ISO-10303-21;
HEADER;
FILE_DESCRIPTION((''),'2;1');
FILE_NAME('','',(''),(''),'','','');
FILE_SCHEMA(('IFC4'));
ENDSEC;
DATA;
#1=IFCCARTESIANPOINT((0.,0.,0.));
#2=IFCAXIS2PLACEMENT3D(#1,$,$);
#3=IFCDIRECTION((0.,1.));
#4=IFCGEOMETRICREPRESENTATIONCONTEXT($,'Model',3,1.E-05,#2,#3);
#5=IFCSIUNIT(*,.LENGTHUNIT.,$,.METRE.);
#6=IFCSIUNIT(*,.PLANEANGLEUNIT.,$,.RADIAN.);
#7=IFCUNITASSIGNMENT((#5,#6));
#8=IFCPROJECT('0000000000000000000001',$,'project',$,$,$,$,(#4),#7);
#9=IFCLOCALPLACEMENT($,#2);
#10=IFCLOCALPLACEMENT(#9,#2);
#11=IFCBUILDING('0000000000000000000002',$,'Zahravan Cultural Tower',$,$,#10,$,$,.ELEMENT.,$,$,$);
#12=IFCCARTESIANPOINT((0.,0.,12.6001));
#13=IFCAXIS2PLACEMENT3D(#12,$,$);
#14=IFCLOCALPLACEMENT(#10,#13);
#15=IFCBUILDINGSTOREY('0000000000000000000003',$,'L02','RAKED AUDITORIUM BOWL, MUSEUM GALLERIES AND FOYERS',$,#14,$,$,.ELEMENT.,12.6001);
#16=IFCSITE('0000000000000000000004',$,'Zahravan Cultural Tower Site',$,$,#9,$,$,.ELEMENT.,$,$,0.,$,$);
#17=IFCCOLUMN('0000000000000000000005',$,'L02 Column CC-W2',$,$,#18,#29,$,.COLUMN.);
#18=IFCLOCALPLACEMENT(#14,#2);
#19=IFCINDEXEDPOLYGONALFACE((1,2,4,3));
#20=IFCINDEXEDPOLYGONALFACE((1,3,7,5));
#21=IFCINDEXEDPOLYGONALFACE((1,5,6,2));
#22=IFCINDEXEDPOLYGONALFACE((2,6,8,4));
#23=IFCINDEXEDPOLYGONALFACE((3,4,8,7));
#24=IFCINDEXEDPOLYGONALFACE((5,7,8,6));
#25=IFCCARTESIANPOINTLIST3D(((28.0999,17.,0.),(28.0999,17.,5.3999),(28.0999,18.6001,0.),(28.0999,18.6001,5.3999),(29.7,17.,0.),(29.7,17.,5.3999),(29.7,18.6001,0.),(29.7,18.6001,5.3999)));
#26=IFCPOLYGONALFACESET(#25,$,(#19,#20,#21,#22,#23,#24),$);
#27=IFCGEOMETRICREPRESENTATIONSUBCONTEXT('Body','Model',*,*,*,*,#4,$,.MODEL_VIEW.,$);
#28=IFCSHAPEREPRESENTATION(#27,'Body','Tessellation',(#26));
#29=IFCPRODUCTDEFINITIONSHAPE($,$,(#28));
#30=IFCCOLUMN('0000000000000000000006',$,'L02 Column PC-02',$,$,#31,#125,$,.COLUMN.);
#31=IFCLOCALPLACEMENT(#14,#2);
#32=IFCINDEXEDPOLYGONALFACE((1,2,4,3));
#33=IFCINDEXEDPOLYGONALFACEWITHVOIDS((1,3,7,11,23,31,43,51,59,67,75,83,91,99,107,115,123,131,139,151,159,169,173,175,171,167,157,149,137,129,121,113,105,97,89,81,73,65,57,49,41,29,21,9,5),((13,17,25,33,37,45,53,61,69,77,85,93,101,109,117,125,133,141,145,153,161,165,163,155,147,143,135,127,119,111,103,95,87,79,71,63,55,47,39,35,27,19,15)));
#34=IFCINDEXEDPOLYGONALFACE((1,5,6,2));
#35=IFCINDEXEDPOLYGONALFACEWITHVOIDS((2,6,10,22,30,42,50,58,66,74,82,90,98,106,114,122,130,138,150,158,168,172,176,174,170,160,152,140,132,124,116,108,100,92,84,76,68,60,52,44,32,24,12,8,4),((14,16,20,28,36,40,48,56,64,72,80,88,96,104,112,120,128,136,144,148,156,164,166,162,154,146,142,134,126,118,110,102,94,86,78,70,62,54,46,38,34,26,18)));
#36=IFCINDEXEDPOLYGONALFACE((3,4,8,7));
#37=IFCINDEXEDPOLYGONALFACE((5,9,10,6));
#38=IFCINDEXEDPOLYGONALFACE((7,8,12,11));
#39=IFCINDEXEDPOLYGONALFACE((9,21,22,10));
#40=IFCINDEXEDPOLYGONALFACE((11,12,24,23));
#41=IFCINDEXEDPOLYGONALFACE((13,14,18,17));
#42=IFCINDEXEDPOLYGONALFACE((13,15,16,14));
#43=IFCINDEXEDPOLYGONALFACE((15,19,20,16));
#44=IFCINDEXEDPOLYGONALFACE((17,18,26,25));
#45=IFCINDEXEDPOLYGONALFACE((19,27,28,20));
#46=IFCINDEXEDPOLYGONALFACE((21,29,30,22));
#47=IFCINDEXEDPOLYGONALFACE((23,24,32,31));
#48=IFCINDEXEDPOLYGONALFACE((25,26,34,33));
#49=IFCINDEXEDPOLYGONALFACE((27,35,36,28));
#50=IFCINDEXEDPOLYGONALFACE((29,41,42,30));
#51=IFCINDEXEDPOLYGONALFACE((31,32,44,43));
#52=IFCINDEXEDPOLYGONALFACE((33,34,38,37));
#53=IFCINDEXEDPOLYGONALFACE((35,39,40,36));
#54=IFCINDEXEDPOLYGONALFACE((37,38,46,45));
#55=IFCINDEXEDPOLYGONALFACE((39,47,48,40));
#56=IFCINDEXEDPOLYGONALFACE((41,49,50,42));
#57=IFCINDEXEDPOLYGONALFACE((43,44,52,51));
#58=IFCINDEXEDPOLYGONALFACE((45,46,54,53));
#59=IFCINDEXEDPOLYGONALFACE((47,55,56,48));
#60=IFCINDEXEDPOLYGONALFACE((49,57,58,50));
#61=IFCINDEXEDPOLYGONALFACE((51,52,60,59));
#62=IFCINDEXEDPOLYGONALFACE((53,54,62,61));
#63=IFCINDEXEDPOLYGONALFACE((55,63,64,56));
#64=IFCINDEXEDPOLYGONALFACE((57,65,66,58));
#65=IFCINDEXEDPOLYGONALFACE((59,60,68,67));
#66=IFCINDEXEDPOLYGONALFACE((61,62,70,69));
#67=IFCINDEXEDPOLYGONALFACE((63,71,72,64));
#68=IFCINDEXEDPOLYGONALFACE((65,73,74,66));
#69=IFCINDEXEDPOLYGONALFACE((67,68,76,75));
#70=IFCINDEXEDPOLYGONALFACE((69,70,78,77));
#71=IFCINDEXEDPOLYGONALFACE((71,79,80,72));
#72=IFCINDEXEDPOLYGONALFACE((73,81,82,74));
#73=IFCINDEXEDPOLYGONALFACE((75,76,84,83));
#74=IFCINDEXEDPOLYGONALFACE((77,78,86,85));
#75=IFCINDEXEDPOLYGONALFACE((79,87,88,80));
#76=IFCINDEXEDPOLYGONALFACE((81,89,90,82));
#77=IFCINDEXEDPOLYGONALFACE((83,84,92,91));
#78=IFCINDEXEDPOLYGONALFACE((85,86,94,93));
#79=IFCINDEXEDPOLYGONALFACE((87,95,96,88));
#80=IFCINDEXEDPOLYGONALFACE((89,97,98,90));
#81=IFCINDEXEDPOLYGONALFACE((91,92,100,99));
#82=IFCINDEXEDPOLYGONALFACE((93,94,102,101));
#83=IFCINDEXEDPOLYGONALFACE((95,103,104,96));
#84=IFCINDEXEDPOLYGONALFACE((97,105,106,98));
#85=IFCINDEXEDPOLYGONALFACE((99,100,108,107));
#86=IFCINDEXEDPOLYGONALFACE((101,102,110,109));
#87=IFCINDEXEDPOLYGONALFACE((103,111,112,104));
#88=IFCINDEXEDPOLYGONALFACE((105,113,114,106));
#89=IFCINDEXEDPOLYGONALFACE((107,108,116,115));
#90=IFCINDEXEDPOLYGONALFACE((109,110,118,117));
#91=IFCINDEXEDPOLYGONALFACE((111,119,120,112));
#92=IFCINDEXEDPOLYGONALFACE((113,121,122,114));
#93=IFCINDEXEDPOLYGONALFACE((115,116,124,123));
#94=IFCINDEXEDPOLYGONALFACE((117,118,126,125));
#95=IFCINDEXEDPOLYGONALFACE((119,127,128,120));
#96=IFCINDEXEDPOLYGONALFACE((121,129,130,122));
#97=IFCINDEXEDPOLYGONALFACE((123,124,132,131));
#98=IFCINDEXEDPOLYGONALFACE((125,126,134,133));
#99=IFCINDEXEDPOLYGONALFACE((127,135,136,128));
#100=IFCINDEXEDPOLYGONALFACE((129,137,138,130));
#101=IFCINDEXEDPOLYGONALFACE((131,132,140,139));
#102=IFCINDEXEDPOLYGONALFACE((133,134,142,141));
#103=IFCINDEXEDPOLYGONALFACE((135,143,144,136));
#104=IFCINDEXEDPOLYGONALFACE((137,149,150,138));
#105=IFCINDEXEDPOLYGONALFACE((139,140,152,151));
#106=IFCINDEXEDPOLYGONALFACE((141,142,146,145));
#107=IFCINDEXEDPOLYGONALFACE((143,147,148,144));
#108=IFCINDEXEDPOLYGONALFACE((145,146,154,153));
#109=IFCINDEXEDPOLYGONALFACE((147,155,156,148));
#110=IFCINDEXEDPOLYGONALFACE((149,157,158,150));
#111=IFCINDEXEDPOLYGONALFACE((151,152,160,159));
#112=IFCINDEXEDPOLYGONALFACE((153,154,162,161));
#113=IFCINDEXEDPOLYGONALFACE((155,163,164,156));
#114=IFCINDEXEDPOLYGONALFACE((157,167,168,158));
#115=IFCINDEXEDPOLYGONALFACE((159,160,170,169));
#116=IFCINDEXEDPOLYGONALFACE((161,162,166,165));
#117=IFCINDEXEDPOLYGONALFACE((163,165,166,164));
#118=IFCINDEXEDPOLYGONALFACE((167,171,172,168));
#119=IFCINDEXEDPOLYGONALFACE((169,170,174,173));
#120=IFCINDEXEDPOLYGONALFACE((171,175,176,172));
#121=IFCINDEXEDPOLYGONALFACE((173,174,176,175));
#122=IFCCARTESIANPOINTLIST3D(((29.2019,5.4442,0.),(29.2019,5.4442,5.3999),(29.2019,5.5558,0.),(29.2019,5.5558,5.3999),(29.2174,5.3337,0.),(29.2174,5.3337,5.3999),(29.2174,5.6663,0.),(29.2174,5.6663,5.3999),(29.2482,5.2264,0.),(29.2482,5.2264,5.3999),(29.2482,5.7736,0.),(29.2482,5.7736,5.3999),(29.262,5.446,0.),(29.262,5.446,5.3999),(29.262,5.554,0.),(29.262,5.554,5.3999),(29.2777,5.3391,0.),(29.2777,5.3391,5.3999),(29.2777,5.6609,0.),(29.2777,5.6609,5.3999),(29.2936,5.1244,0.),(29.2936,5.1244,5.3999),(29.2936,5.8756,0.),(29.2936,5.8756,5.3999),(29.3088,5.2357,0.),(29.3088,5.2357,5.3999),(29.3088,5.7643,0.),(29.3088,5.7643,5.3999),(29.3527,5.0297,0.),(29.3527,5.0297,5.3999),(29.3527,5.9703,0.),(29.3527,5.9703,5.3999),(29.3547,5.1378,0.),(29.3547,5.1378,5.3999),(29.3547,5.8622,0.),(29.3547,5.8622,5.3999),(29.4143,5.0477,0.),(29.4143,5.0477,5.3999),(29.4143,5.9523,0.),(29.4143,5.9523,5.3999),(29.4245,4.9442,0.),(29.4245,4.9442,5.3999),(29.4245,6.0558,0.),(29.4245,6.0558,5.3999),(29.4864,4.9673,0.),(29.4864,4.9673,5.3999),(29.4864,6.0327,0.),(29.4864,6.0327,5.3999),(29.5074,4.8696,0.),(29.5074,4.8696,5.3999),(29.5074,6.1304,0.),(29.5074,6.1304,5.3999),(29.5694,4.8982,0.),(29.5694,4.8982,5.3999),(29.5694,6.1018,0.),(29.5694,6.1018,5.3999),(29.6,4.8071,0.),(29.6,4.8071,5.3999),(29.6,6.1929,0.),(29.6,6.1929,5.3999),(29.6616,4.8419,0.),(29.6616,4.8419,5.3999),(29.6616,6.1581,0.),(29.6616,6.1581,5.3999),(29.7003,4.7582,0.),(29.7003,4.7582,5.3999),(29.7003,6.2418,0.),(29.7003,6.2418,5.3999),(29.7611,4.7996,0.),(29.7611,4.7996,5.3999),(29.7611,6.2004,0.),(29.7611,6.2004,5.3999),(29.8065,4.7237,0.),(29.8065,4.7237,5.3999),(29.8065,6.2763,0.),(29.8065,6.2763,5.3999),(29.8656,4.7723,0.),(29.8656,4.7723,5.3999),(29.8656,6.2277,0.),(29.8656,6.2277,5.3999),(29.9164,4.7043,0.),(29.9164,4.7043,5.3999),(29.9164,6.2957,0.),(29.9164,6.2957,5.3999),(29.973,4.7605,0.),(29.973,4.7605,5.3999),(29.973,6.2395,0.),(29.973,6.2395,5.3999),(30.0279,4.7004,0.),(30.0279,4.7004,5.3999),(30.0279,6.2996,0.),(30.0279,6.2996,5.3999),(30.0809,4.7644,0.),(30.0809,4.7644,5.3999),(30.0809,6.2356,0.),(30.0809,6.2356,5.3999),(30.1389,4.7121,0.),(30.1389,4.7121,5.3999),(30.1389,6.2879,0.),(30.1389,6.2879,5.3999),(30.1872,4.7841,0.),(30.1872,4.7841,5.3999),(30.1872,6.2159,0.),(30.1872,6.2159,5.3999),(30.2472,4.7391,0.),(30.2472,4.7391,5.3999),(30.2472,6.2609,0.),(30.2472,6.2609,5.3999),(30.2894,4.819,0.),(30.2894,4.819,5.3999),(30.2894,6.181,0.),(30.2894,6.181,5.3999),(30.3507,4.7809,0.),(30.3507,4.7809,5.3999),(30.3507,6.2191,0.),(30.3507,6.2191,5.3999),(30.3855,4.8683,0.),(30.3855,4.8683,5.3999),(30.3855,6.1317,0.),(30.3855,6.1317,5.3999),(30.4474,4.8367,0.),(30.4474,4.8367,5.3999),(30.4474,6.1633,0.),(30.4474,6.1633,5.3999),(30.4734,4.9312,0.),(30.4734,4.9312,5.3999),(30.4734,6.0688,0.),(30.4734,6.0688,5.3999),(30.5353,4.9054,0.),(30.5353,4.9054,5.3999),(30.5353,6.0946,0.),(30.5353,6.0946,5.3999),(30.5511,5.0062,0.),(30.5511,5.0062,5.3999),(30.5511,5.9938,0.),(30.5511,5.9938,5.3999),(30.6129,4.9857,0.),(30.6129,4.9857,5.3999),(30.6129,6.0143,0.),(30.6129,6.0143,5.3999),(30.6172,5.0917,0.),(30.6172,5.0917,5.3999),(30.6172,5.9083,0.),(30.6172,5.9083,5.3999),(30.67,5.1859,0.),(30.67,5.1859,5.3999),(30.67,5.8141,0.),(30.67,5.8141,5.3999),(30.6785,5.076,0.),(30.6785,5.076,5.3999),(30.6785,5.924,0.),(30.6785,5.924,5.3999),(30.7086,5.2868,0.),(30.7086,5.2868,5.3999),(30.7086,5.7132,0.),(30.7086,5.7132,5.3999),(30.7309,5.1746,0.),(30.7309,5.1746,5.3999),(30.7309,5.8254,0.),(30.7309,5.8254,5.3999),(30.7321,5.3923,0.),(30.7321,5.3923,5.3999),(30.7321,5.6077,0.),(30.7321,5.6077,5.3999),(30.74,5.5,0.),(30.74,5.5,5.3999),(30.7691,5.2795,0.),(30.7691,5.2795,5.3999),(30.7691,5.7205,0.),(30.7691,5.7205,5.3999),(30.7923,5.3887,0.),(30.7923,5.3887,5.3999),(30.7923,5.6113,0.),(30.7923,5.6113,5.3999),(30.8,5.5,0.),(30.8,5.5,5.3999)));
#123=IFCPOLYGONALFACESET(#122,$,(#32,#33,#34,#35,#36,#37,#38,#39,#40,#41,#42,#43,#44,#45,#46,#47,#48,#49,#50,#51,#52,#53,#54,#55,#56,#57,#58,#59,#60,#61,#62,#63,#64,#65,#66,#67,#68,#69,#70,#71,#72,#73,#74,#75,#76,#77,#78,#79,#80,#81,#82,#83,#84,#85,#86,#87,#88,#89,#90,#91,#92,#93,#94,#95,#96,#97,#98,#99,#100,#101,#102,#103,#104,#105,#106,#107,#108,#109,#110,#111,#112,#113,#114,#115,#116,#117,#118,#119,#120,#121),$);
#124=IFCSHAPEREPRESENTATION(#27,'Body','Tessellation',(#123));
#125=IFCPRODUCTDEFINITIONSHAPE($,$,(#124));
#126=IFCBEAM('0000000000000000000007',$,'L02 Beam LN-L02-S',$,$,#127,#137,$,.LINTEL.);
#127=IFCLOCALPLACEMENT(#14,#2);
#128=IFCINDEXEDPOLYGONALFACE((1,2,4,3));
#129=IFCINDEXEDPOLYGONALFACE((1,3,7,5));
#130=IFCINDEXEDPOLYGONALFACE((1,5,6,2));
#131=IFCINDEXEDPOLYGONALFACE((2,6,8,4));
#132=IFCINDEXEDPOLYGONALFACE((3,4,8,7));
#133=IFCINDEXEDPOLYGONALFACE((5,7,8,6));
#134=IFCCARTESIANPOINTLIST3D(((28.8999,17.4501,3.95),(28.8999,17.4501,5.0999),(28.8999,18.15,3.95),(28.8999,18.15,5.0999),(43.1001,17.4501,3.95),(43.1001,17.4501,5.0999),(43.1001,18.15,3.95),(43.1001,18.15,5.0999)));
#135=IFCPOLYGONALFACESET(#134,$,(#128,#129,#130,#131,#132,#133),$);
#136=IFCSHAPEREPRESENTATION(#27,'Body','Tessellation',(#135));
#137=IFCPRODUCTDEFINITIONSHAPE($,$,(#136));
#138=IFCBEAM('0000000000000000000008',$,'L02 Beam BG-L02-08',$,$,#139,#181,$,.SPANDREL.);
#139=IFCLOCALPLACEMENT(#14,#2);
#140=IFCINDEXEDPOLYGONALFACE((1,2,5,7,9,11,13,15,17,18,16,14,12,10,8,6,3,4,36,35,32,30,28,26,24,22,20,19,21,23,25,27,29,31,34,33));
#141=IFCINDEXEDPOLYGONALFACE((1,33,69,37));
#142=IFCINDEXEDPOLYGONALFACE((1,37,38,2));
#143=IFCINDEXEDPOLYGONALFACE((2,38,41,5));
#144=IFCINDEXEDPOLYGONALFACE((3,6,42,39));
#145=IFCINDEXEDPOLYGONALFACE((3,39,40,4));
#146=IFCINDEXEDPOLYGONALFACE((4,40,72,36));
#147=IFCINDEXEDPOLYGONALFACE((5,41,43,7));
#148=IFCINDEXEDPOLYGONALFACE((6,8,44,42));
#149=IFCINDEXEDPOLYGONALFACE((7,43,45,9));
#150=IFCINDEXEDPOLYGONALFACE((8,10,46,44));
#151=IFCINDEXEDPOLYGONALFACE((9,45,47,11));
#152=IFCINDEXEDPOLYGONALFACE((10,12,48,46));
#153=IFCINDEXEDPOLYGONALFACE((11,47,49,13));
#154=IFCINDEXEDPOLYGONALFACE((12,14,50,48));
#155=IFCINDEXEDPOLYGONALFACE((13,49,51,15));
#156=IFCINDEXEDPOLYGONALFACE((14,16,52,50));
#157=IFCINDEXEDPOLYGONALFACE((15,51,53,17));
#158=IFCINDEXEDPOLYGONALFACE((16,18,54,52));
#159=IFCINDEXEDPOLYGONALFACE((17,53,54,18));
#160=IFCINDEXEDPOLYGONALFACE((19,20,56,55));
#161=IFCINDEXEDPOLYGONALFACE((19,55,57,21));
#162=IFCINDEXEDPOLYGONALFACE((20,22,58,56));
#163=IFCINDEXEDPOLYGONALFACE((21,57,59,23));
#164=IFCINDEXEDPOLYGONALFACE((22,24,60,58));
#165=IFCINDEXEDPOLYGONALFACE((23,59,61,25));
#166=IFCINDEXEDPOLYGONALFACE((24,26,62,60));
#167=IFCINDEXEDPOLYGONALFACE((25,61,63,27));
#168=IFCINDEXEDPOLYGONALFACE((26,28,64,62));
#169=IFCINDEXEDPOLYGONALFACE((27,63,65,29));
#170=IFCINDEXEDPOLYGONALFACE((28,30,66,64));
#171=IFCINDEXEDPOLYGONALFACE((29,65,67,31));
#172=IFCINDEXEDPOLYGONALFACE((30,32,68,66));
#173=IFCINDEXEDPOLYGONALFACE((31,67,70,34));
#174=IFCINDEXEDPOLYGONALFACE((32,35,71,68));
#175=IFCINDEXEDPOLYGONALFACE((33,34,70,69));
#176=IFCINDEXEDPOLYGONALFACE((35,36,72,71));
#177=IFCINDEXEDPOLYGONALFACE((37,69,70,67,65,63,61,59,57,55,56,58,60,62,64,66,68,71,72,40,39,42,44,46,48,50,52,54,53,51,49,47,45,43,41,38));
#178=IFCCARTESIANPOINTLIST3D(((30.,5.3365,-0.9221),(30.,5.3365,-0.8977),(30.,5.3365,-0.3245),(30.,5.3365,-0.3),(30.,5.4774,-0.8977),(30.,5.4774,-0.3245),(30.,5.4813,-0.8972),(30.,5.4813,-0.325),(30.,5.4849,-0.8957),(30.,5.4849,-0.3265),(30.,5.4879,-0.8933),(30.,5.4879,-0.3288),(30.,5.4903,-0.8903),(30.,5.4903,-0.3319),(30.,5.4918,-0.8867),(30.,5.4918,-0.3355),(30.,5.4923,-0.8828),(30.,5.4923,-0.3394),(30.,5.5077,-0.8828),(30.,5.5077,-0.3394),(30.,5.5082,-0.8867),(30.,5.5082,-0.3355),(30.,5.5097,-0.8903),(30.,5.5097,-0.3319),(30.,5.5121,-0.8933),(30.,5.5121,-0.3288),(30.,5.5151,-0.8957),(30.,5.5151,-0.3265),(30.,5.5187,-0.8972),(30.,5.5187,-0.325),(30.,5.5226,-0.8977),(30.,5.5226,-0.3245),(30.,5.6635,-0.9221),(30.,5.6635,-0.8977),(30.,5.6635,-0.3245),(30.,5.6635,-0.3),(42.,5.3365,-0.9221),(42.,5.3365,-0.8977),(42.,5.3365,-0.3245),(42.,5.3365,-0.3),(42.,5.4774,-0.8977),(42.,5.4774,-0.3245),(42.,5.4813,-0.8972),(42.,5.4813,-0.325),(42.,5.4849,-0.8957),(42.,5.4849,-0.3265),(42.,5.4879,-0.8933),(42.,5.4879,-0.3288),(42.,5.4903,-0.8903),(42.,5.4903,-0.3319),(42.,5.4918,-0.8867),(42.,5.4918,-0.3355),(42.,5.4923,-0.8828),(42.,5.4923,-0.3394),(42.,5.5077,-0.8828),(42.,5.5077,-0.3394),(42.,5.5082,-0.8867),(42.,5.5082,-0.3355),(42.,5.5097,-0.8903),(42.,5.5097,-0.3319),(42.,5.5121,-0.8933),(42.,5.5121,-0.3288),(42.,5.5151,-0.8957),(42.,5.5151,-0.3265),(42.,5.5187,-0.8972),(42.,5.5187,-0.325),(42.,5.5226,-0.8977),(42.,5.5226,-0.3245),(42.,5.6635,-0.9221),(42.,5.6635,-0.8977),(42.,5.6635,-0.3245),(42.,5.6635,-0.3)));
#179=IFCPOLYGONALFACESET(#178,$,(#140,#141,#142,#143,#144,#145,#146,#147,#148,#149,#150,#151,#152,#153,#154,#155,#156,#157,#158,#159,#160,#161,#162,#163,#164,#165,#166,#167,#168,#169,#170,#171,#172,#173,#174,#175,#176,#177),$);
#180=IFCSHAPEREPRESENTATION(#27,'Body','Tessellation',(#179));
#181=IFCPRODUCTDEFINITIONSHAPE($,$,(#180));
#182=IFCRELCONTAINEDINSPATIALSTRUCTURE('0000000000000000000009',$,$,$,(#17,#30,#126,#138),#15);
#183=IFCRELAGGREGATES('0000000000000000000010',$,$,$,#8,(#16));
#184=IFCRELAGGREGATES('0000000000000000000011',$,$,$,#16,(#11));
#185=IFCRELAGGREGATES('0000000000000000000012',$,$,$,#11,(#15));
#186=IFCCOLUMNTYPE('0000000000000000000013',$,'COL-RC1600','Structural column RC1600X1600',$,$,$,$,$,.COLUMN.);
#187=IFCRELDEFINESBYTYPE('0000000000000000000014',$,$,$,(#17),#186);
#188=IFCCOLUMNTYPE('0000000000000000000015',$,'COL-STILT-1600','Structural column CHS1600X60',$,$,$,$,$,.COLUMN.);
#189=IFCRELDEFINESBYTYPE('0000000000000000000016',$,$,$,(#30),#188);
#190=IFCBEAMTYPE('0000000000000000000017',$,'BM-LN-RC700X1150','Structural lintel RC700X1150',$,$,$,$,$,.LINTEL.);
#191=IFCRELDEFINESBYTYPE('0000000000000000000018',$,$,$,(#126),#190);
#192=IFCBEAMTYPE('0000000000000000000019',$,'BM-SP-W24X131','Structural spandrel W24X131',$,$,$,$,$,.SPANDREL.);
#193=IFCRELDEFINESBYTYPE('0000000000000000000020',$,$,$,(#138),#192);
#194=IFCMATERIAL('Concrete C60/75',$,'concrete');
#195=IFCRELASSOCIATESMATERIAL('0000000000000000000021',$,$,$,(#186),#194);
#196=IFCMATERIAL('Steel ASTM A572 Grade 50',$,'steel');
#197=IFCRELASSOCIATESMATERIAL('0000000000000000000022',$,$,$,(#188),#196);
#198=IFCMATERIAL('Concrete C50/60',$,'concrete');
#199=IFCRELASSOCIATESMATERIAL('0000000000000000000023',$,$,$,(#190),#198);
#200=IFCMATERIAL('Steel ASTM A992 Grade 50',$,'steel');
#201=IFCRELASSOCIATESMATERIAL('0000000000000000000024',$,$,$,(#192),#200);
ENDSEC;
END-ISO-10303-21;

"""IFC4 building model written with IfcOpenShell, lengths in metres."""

from ifc_helpers import new_model, si_unit, direction, frame, origin, origin_2d, place, context, subcontext, project, spatial, rectangle, hollow_circle, i_section, extrude, source, transform, mapped, material, material_profile, profile_set, type_object, element, save


model = new_model("IFC4")

# Units and contexts
model_context = context("Model", 3, precision=1e-05, world=origin(), true_north=direction((0.0, 1.0)))
body_context = subcontext(model_context, "Body", "Model", "MODEL_VIEW")
ifc_project = project(units=[si_unit("LENGTHUNIT", "METRE"), si_unit("PLANEANGLEUNIT", "RADIAN")], contexts=[model_context])

# Site, building, storey
site_placement = place(None, origin())
site = spatial("IfcSite", under=ifc_project, at=site_placement, Name="Zahravan Cultural Tower Site", CompositionType="ELEMENT", RefElevation=0.0)
building_placement = place(site_placement, origin())
building = spatial("IfcBuilding", under=site, at=building_placement, Name="Zahravan Cultural Tower", CompositionType="ELEMENT")
storey_placement = place(building_placement, frame((0.0, 0.0, 12.6001)))
storey = spatial("IfcBuildingStorey", under=building, at=storey_placement, Name="L02", Description="RAKED AUDITORIUM BOWL, MUSEUM GALLERIES AND FOYERS", CompositionType="ELEMENT", Elevation=12.6001)

# Columns
ifc_material_1 = material(Name="Concrete C60/75", Category="concrete")
ifc_material_profile_1 = material_profile(ifc_material_1, rectangle(XDim=1.6001, YDim=1.6001, at=origin_2d()), Name="RC1600X1600")
ifc_profile_set_1 = profile_set([ifc_material_profile_1], Name="Concrete C60/75")
column_type_1 = type_object("IfcColumnType", Name="COL-RC1600", Description="Structural column RC1600X1600", PredefinedType="COLUMN", material=ifc_profile_set_1)
shared_shape_1 = source(origin(), body_context, "Body", "SweptSolid", [
    extrude(rectangle(XDim=1.6001, YDim=1.6001, at=origin_2d()), origin(), (0.0, 0.0, 1.0), 5.3999),
])
column_1_placement = place(storey_placement, frame((28.8999, 17.8, 0.0), z_axis=(0.0, 0.0, 1.0), x_axis=(1.0, 0.0, 0.0)))
element("IfcColumn", 1, at=column_1_placement, inside=storey, type_object=column_type_1, Name="L02 Column CC-W2", PredefinedType="COLUMN", context=body_context, shape_type="MappedRepresentation", body=[
    mapped(shared_shape_1, transform((0.0, 0.0, 0.0), x_axis=(1.0, 0.0, 0.0), y_axis=(0.0, 1.0, 0.0), z_axis=(0.0, 0.0, 1.0), scale=1.0)),
])
ifc_material_2 = material(Name="Steel ASTM A572 Grade 50", Category="steel")
ifc_material_profile_2 = material_profile(ifc_material_2, hollow_circle(Radius=0.8, WallThickness=0.0601, at=origin_2d()), Name="CHS1600X60")
ifc_profile_set_2 = profile_set([ifc_material_profile_2], Name="Steel ASTM A572 Grade 50")
column_type_2 = type_object("IfcColumnType", Name="COL-STILT-1600", Description="Structural column CHS1600X60", PredefinedType="COLUMN", material=ifc_profile_set_2)
shared_shape_2 = source(origin(), body_context, "Body", "SweptSolid", [
    extrude(hollow_circle(Radius=0.8, WallThickness=0.0601, at=origin_2d()), origin(), (0.0, 0.0, 1.0), 5.3999),
])
column_2_placement = place(storey_placement, frame((30.0, 5.5, 0.0), z_axis=(0.0, 0.0, 1.0), x_axis=(1.0, 0.0, 0.0)))
element("IfcColumn", 2, at=column_2_placement, inside=storey, type_object=column_type_2, Name="L02 Column PC-02", PredefinedType="COLUMN", context=body_context, shape_type="MappedRepresentation", body=[
    mapped(shared_shape_2, transform((0.0, 0.0, 0.0), x_axis=(1.0, 0.0, 0.0), y_axis=(0.0, 1.0, 0.0), z_axis=(0.0, 0.0, 1.0), scale=1.0)),
])

# Beams
ifc_material_3 = material(Name="Concrete C50/60", Category="concrete")
ifc_material_profile_3 = material_profile(ifc_material_3, rectangle(XDim=0.7, YDim=1.1499, at=origin_2d()), Name="RC700X1150")
ifc_profile_set_3 = profile_set([ifc_material_profile_3], Name="Concrete C50/60")
beam_type_1 = type_object("IfcBeamType", Name="BM-LN-RC700X1150", Description="Structural lintel RC700X1150", PredefinedType="LINTEL", material=ifc_profile_set_3)
shared_shape_3 = source(origin(), body_context, "Body", "SweptSolid", [
    extrude(rectangle(XDim=0.7, YDim=1.1499, at=origin_2d()), origin(), (0.0, 0.0, 1.0), 14.2002),
])
beam_1_placement = place(storey_placement, frame((28.8999, 17.8, 4.5249), z_axis=(1.0, 0.0, 0.0), x_axis=(0.0, 1.0, 0.0)))
element("IfcBeam", 3, at=beam_1_placement, inside=storey, type_object=beam_type_1, Name="L02 Beam LN-L02-S", PredefinedType="LINTEL", context=body_context, shape_type="MappedRepresentation", body=[
    mapped(shared_shape_3, transform((0.0, 0.0, 0.0), x_axis=(1.0, 0.0, 0.0), y_axis=(0.0, 1.0, 0.0), z_axis=(0.0, 0.0, 1.0), scale=1.0)),
])
ifc_material_4 = material(Name="Steel ASTM A992 Grade 50", Category="steel")
ifc_material_profile_4 = material_profile(ifc_material_4, i_section(OverallWidth=0.3269, OverallDepth=0.6221, WebThickness=0.0154, FlangeThickness=0.0244, FilletRadius=0.0149, at=origin_2d()), Name="W24X131")
ifc_profile_set_4 = profile_set([ifc_material_profile_4], Name="Steel ASTM A992 Grade 50")
beam_type_2 = type_object("IfcBeamType", Name="BM-SP-W24X131", Description="Structural spandrel W24X131", PredefinedType="SPANDREL", material=ifc_profile_set_4)
shared_shape_4 = source(origin(), body_context, "Body", "SweptSolid", [
    extrude(i_section(OverallWidth=0.3269, OverallDepth=0.6221, WebThickness=0.0154, FlangeThickness=0.0244, FilletRadius=0.0149, at=origin_2d()), origin(), (0.0, 0.0, 1.0), 12.0),
])
beam_2_placement = place(storey_placement, frame((30.0, 5.5, -0.6111), z_axis=(1.0, 0.0, 0.0), x_axis=(0.0, 1.0, 0.0)))
element("IfcBeam", 4, at=beam_2_placement, inside=storey, type_object=beam_type_2, Name="L02 Beam BG-L02-08", PredefinedType="SPANDREL", context=body_context, shape_type="MappedRepresentation", body=[
    mapped(shared_shape_4, transform((0.0, 0.0, 0.0), x_axis=(1.0, 0.0, 0.0), y_axis=(0.0, 1.0, 0.0), z_axis=(0.0, 0.0, 1.0), scale=1.0)),
])

save(model, "model.ifc")
